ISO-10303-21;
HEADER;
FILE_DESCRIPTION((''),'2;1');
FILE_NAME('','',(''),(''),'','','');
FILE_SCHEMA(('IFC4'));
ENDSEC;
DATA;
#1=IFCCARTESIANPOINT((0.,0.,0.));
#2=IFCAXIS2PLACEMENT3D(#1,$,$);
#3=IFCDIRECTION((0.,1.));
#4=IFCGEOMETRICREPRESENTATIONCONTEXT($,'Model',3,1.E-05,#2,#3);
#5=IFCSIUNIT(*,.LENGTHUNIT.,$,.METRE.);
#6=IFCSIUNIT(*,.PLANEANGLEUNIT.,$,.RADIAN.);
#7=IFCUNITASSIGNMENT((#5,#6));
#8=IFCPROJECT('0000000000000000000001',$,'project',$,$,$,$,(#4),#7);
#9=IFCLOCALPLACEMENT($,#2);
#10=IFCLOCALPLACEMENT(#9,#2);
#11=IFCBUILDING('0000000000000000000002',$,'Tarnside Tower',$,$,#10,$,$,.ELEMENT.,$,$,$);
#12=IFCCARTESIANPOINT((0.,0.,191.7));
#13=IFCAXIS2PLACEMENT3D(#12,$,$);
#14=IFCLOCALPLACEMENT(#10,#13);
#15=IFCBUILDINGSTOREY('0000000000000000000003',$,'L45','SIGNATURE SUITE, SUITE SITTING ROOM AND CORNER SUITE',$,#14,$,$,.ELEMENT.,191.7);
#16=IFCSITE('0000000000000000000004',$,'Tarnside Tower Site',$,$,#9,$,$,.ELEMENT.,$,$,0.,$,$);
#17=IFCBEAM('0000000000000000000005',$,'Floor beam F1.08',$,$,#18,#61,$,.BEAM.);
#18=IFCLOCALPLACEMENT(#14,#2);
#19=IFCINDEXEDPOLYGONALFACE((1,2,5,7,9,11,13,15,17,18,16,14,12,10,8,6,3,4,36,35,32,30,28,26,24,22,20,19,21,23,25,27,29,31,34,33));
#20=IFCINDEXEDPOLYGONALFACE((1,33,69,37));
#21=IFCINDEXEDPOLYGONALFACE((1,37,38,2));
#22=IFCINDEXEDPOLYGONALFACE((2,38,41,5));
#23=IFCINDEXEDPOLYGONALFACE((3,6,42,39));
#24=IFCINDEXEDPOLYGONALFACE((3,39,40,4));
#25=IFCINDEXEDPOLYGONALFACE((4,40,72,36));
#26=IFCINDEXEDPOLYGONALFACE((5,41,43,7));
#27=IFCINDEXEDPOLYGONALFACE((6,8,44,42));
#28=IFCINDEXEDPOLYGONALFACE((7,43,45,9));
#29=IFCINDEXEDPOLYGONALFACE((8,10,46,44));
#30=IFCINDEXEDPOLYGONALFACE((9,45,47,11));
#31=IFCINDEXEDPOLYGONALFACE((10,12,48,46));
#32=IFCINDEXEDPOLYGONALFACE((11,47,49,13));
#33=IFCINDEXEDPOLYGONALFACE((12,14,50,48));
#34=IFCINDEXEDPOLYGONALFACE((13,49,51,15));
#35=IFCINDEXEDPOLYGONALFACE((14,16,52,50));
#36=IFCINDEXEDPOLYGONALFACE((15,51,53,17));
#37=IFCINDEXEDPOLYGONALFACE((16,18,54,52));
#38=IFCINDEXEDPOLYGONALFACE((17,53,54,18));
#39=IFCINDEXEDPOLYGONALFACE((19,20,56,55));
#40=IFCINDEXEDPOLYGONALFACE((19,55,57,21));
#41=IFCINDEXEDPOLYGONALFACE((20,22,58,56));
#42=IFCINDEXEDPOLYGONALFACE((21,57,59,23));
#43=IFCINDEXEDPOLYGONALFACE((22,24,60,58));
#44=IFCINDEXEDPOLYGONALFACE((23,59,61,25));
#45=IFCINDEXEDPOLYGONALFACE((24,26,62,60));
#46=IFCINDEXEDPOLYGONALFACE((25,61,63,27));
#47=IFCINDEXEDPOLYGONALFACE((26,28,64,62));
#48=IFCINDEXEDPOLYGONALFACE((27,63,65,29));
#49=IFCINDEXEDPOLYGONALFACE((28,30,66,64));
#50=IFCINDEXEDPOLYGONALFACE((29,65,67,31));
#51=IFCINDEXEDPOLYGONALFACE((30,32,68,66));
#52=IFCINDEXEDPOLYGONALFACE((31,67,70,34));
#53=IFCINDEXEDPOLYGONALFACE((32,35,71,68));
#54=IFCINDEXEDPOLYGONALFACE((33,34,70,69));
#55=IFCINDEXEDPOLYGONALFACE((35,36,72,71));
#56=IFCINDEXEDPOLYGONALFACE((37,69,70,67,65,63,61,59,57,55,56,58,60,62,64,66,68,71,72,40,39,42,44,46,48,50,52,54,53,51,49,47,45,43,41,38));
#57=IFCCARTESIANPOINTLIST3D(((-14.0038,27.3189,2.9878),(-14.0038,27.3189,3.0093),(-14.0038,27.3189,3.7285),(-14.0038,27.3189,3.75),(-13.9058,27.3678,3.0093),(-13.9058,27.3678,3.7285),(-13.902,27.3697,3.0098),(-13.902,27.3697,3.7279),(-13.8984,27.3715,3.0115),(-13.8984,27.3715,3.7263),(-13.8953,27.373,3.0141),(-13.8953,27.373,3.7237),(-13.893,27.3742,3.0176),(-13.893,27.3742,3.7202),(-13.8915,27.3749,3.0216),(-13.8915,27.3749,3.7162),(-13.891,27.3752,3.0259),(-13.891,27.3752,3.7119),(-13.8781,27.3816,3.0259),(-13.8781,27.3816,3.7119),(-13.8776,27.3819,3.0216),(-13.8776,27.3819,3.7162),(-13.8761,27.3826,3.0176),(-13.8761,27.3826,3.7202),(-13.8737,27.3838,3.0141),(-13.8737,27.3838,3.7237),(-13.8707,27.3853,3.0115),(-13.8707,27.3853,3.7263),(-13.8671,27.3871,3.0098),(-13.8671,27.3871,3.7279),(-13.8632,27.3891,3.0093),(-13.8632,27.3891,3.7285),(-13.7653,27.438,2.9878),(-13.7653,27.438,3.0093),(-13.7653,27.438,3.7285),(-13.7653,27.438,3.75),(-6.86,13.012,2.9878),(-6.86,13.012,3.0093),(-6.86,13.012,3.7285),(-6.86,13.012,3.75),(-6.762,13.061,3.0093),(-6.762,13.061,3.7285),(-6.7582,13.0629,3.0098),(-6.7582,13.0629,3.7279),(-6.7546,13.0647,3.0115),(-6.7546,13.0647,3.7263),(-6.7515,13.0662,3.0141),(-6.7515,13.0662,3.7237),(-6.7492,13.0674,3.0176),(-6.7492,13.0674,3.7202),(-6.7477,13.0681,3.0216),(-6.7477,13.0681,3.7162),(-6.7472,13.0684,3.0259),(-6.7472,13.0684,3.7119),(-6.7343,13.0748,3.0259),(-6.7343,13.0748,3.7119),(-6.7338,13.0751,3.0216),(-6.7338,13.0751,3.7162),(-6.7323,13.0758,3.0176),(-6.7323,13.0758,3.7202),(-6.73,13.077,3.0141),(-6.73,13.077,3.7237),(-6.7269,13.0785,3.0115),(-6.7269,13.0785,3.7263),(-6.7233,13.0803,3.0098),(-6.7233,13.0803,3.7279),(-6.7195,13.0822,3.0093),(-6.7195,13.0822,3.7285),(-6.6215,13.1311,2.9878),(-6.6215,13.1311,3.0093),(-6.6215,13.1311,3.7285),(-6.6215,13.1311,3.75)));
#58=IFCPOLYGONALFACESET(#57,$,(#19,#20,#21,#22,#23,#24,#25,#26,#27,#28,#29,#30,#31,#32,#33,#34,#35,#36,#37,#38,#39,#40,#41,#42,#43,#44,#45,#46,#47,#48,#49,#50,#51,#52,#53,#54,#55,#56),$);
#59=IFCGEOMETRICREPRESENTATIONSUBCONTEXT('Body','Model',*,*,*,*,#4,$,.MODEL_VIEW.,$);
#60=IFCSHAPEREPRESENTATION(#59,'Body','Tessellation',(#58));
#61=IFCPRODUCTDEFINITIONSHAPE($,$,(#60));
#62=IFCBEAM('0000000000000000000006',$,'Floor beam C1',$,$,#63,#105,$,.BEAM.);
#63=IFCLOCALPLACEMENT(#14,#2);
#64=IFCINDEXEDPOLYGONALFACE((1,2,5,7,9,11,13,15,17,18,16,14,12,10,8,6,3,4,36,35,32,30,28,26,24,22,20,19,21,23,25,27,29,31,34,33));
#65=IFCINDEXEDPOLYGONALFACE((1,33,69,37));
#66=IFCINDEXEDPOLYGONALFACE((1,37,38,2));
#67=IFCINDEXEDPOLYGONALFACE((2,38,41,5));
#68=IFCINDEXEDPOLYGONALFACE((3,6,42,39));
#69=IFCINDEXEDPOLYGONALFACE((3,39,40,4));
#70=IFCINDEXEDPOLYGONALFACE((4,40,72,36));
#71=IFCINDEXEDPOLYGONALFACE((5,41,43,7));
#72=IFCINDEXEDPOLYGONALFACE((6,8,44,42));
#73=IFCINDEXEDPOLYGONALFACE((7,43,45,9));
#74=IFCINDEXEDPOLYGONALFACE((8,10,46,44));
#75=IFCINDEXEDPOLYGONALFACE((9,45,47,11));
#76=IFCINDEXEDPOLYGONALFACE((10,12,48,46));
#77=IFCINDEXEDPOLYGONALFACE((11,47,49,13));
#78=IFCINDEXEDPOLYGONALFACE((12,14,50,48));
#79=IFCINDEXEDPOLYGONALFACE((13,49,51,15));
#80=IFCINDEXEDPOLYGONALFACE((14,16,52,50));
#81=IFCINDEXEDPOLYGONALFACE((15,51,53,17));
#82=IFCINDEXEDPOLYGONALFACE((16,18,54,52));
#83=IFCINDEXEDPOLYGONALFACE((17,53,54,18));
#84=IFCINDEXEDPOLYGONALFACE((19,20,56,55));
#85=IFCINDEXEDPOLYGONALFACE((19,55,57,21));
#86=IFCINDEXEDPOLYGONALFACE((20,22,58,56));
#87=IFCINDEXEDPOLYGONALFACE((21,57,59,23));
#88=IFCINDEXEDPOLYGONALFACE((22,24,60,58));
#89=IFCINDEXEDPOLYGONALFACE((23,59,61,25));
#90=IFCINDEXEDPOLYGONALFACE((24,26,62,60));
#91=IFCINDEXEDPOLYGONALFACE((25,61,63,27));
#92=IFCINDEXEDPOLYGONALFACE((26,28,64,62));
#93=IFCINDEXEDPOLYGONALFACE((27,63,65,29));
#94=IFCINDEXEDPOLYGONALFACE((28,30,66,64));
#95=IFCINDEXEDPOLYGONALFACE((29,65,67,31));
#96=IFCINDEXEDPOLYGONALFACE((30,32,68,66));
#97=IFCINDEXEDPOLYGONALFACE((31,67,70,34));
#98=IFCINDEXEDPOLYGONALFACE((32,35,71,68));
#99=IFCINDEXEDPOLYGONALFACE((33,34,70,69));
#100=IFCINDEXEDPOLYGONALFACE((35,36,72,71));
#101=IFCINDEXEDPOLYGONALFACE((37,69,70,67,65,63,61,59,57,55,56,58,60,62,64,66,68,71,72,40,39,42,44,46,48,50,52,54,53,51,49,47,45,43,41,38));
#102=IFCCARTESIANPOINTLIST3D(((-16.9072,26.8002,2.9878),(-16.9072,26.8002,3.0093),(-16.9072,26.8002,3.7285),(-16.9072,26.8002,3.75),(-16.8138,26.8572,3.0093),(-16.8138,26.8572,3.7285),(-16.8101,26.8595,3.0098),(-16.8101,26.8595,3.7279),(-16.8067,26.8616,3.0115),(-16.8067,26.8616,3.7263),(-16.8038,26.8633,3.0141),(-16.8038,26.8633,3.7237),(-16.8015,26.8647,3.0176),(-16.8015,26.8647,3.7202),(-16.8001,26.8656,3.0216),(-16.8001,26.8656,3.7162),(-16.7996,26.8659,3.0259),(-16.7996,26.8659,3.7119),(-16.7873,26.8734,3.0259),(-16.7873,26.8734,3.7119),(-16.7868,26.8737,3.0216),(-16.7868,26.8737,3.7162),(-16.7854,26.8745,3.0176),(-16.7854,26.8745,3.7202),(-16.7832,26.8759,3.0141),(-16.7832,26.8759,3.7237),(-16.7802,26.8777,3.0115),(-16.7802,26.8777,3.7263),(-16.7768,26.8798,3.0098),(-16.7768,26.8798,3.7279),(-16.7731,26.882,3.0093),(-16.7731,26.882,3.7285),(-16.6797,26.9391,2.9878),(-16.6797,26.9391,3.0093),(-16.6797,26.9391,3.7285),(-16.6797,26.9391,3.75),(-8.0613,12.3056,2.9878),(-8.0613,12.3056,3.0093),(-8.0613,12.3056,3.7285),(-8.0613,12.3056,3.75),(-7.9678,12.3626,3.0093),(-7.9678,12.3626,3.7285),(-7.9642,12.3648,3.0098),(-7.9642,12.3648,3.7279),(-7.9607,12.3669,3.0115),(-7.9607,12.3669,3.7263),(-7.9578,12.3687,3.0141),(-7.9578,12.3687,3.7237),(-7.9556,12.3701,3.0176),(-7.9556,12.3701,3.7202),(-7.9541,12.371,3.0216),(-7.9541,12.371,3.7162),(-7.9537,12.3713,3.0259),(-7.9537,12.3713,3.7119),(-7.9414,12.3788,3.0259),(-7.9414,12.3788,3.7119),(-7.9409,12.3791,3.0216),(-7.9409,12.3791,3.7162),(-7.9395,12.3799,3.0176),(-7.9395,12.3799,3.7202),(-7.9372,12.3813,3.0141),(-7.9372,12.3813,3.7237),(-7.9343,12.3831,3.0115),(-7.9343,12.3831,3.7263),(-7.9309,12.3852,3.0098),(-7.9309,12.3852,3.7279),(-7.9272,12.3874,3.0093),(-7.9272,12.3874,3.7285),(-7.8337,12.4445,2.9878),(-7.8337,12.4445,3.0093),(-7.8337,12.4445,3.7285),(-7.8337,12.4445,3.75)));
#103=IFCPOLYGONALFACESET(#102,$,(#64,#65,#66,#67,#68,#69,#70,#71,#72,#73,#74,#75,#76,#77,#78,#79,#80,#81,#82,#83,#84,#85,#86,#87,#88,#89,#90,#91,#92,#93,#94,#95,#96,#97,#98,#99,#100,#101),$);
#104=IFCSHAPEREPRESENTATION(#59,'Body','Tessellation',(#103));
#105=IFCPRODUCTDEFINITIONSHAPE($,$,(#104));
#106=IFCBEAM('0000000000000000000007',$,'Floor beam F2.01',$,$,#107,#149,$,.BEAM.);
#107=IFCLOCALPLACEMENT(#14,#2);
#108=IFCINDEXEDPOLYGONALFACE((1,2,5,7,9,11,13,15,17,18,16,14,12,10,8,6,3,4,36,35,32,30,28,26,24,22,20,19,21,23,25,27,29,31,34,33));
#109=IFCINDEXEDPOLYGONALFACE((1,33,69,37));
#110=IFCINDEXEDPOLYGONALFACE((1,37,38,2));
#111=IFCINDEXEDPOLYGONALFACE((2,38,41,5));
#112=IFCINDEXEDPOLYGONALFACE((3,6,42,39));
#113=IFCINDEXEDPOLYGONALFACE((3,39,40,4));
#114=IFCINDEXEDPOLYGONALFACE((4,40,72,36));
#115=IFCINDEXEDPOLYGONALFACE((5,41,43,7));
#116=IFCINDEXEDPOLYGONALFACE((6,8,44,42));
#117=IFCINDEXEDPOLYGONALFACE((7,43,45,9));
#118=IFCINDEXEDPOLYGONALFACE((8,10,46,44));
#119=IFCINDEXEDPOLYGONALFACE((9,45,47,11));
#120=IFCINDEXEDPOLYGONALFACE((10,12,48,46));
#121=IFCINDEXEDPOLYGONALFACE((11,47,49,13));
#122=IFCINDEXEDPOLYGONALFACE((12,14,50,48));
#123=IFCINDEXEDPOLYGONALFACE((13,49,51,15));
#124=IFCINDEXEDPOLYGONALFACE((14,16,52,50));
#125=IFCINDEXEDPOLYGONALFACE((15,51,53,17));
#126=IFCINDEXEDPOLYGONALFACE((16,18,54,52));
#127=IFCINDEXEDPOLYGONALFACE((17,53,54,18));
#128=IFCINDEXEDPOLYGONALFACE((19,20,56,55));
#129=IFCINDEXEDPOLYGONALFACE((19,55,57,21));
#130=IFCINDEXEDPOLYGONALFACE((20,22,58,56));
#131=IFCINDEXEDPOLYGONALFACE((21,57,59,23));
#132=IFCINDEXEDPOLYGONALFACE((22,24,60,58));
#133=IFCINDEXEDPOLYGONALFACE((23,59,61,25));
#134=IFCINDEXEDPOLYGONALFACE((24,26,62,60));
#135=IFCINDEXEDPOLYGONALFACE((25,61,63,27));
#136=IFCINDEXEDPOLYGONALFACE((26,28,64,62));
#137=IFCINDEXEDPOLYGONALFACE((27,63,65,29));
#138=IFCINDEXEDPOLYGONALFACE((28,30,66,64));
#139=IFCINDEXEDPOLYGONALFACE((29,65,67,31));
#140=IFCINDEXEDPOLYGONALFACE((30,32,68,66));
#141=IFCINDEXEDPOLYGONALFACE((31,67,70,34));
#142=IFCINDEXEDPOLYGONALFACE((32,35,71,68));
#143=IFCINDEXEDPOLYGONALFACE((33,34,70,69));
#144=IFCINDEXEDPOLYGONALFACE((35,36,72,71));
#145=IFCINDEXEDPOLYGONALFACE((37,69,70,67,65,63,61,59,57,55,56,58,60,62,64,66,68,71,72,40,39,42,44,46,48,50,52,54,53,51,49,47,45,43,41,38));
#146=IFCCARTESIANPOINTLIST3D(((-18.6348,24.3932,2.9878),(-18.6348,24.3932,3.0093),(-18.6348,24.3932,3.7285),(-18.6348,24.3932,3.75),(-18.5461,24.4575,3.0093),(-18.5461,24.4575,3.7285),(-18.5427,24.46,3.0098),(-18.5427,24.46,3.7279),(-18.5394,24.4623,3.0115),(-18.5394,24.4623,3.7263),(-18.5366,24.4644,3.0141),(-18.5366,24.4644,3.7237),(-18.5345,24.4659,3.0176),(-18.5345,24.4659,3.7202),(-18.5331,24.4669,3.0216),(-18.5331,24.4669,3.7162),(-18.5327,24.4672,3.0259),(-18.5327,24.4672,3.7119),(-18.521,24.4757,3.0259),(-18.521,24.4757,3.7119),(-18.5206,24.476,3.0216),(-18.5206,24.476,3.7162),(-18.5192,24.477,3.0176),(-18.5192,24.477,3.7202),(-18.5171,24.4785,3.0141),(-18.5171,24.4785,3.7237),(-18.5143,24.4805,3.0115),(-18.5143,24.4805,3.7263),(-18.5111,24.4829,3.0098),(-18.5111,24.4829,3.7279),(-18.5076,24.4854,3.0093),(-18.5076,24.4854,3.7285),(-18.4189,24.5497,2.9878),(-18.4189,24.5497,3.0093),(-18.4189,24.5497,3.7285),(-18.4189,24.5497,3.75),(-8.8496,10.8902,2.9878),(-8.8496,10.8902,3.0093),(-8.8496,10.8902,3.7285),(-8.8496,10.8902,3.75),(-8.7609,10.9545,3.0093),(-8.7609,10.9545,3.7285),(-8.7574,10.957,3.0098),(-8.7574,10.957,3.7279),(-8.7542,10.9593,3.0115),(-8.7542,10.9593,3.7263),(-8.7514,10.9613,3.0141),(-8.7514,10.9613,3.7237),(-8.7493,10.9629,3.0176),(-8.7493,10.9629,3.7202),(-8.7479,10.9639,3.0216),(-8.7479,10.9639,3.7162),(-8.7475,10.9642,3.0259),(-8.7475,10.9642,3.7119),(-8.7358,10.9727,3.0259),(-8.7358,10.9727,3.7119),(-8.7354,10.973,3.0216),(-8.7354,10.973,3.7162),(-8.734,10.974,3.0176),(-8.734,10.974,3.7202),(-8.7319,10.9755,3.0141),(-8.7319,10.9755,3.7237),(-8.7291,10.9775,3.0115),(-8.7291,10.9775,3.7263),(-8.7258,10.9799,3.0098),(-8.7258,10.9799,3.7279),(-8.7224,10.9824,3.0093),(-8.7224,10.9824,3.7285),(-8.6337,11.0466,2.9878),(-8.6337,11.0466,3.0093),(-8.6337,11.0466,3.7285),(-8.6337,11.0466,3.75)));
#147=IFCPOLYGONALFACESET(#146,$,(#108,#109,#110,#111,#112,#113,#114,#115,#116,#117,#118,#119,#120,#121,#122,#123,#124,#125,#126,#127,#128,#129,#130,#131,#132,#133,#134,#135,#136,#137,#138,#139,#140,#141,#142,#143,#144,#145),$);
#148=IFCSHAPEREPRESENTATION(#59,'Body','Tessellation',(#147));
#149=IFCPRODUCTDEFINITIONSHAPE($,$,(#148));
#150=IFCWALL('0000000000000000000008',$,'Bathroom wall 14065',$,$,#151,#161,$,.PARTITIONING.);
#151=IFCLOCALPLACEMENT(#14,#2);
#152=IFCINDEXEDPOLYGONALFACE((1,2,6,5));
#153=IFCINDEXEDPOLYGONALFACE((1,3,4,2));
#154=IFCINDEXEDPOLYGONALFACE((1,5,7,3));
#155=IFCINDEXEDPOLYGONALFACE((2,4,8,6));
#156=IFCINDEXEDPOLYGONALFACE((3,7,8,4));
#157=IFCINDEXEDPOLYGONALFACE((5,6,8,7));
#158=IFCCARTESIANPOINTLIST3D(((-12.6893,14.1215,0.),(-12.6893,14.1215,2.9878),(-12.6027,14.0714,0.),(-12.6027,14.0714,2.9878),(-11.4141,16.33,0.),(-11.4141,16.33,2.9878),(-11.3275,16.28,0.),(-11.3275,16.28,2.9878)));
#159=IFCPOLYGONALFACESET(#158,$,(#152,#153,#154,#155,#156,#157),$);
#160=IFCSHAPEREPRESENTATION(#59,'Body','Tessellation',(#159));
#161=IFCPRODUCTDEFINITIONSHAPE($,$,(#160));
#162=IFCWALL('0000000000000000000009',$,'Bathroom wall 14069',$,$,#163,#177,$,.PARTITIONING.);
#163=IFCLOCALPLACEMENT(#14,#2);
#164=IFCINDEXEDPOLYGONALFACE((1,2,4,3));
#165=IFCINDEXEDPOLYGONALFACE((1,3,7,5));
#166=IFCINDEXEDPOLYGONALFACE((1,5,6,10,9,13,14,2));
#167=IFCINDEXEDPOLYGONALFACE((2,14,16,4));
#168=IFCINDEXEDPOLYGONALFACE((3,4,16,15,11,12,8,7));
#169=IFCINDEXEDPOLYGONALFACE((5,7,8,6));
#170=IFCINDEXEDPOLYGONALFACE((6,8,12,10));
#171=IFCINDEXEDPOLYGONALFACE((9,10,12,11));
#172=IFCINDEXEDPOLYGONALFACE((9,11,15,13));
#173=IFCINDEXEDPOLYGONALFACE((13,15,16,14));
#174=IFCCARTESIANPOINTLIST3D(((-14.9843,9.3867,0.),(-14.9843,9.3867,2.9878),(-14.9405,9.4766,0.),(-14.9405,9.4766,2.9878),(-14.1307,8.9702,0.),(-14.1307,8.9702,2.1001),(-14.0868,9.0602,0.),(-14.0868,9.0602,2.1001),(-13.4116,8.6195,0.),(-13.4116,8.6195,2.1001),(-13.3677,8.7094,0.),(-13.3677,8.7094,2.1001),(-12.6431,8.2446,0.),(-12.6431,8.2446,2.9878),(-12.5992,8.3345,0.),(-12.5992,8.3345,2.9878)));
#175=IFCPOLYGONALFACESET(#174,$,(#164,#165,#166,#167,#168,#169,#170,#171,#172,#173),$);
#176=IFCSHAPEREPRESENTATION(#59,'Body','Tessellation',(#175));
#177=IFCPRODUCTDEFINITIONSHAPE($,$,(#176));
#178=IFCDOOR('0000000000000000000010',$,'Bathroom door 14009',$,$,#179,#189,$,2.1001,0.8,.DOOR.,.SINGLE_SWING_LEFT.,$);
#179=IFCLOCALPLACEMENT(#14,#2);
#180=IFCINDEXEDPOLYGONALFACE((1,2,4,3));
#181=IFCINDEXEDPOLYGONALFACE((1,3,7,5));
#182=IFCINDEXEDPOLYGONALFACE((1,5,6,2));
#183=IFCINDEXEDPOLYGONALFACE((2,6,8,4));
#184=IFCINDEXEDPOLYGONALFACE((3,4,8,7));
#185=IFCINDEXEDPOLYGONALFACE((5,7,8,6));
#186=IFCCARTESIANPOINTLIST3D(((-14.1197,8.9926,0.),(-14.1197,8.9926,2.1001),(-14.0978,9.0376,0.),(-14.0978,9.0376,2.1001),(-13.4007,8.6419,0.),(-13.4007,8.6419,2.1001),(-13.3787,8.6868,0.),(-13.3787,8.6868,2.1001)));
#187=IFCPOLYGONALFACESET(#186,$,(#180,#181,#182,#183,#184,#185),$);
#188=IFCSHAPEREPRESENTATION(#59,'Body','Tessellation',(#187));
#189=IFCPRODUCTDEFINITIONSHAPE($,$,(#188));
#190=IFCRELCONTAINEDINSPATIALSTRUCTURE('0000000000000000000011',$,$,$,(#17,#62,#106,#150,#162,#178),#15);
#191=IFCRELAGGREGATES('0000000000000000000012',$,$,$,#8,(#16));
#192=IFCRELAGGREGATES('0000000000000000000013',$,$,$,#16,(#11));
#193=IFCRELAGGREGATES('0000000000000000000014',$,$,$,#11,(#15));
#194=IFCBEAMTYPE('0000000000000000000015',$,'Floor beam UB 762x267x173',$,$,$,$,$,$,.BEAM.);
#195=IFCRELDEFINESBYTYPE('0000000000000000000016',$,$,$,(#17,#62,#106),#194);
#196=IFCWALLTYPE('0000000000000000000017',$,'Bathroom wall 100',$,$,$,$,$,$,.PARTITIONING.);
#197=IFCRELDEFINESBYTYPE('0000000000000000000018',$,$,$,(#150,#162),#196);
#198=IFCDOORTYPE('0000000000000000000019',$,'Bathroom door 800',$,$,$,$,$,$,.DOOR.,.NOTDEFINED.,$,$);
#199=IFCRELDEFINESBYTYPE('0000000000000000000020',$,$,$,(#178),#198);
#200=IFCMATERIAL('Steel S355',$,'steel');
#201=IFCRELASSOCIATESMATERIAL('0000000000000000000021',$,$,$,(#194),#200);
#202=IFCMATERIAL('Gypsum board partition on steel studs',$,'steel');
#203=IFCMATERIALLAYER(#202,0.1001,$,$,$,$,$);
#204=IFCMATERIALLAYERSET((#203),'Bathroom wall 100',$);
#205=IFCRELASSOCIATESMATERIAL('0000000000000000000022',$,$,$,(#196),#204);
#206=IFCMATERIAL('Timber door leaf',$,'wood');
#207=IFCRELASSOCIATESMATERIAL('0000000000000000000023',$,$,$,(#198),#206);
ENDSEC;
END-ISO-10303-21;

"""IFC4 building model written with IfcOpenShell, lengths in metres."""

from ifc_helpers import new_model, si_unit, direction, frame, frame_2d, origin, origin_2d, place, context, subcontext, project, spatial, rectangle, i_section, extrude, material, layer, layer_set, material_profile, profile_set, type_object, element, fill, save


model = new_model("IFC4")

# Units and contexts
model_context = context("Model", 3, precision=1e-05, world=origin(), true_north=direction((0.0, 1.0)))
body_context = subcontext(model_context, "Body", "Model", "MODEL_VIEW")
ifc_project = project(units=[si_unit("LENGTHUNIT", "METRE"), si_unit("PLANEANGLEUNIT", "RADIAN")], contexts=[model_context])

# Site, building, storey
site_placement = place(None, origin())
site = spatial("IfcSite", under=ifc_project, at=site_placement, Name="Tarnside Tower Site", CompositionType="ELEMENT", RefElevation=0.0)
building_placement = place(site_placement, origin())
building = spatial("IfcBuilding", under=site, at=building_placement, Name="Tarnside Tower", CompositionType="ELEMENT")
storey_placement = place(building_placement, frame((0.0, 0.0, 191.7)))
storey = spatial("IfcBuildingStorey", under=building, at=storey_placement, Name="L45", Description="SIGNATURE SUITE, SUITE SITTING ROOM AND CORNER SUITE", CompositionType="ELEMENT", Elevation=191.7)

# Beams
ifc_material_1 = material(Name="Steel S355", Category="steel")
ifc_material_profile_1 = material_profile(ifc_material_1, i_section(OverallWidth=0.2666, OverallDepth=0.7622, WebThickness=0.0144, FlangeThickness=0.0215, FilletRadius=0.0166, at=origin_2d()), Name="UB 762x267x173")
ifc_profile_set_1 = profile_set([ifc_material_profile_1], Name="Steel S355")
beam_type_1 = type_object("IfcBeamType", Name="Floor beam UB 762x267x173", PredefinedType="BEAM", material=ifc_profile_set_1)
beam_1_placement = place(storey_placement, frame((-13.8845, 27.3784, 3.3689), z_axis=(0.446731, -0.894668, 0.0), x_axis=(0.894668, 0.446731, 0.0)))
element("IfcBeam", 1, at=beam_1_placement, inside=storey, type_object=beam_type_1, Name="Floor beam F1.08", PredefinedType="BEAM", context=body_context, shape_type="SweptSolid", body=[
    extrude(i_section(OverallWidth=0.2666, OverallDepth=0.7622, WebThickness=0.0144, FlangeThickness=0.0215, FilletRadius=0.0166, at=origin_2d()), origin(), (0.0, 0.0, 1.0), 15.9912),
])
beam_2_placement = place(storey_placement, frame((-16.7935, 26.8696, 3.3689), z_axis=(0.52094, -0.853593, 0.0), x_axis=(0.853593, 0.52094, 0.0)))
element("IfcBeam", 2, at=beam_2_placement, inside=storey, type_object=beam_type_1, Name="Floor beam C1", PredefinedType="BEAM", context=body_context, shape_type="SweptSolid", body=[
    extrude(i_section(OverallWidth=0.2666, OverallDepth=0.7622, WebThickness=0.0144, FlangeThickness=0.0215, FilletRadius=0.0166, at=origin_2d()), origin(), (0.0, 0.0, 1.0), 16.9807),
])
beam_3_placement = place(storey_placement, frame((-18.5269, 24.4714, 3.3689), z_axis=(0.586792, -0.809738, 0.0), x_axis=(0.809738, 0.586792, 0.0)))
element("IfcBeam", 3, at=beam_3_placement, inside=storey, type_object=beam_type_1, Name="Floor beam F2.01", PredefinedType="BEAM", context=body_context, shape_type="SweptSolid", body=[
    extrude(i_section(OverallWidth=0.2666, OverallDepth=0.7622, WebThickness=0.0144, FlangeThickness=0.0215, FilletRadius=0.0166, at=origin_2d()), origin(), (0.0, 0.0, 1.0), 16.6758),
])

# Wall
ifc_material_2 = material(Name="Gypsum board partition on steel studs", Category="steel")
ifc_layer_1 = layer(ifc_material_2, 0.1001)
ifc_layer_set_1 = layer_set([ifc_layer_1], Name="Bathroom wall 100")
wall_type_1 = type_object("IfcWallType", Name="Bathroom wall 100", PredefinedType="PARTITIONING", material=ifc_layer_set_1)
wall_1_placement = place(storey_placement, frame((-12.646, 14.0964, 0.0), z_axis=(0.0, 0.0, 1.0), x_axis=(0.500021, 0.866013, 0.0)))
element("IfcWall", 4, at=wall_1_placement, inside=storey, type_object=wall_type_1, Name="Bathroom wall 14065", PredefinedType="PARTITIONING", context=body_context, shape_type="SweptSolid", body=[
    extrude(rectangle(XDim=2.5503, YDim=0.1001, at=frame_2d((1.2751, 0.0))), origin(), (0.0, 0.0, 1.0), 2.9878),
])

# Wall, opening, door
wall_2_placement = place(storey_placement, frame((-14.9624, 9.4316, 0.0), z_axis=(0.0, 0.0, 1.0), x_axis=(0.89877, -0.43842, 0.0)))
wall_2 = element("IfcWall", 5, at=wall_2_placement, inside=storey, type_object=wall_type_1, Name="Bathroom wall 14069", PredefinedType="PARTITIONING", context=body_context, shape_type="SweptSolid", body=[
    extrude(rectangle(XDim=2.605, YDim=0.1001, at=frame_2d((1.3025, 0.0))), origin(), (0.0, 0.0, 1.0), 2.9878),
])
opening_1_placement = place(wall_2_placement, frame((0.95, 0.0, 0.0)))
opening_1 = element("IfcOpeningElement", 6, at=opening_1_placement, cuts=wall_2, PredefinedType="OPENING", context=body_context, shape_type="SweptSolid", body=[
    extrude(rectangle(XDim=0.8, YDim=2.1001, at=frame_2d((0.3999, 1.05))), frame((0.0, 0.0601, 0.0), z_axis=(0.0, -1.0, 0.0), x_axis=(1.0, 0.0, 0.0)), (0.0, 0.0, 1.0), 0.1201),
])
ifc_material_3 = material(Name="Timber door leaf", Category="wood")
door_type = type_object("IfcDoorType", Name="Bathroom door 800", OperationType="NOTDEFINED", PredefinedType="DOOR", material=ifc_material_3)
door_placement = place(opening_1_placement, origin())
door = element("IfcDoor", 7, at=door_placement, inside=storey, type_object=door_type, Name="Bathroom door 14009", OperationType="SINGLE_SWING_LEFT", OverallHeight=2.1001, OverallWidth=0.8, PredefinedType="DOOR", context=body_context, shape_type="SweptSolid", body=[
    extrude(rectangle(XDim=0.8, YDim=2.1001, at=frame_2d((0.3999, 1.05))), frame((0.0, 0.0249, 0.0), z_axis=(0.0, -1.0, 0.0), x_axis=(1.0, 0.0, 0.0)), (0.0, 0.0, 1.0), 0.05),
])
fill(opening_1, door)

save(model, "model.ifc")
